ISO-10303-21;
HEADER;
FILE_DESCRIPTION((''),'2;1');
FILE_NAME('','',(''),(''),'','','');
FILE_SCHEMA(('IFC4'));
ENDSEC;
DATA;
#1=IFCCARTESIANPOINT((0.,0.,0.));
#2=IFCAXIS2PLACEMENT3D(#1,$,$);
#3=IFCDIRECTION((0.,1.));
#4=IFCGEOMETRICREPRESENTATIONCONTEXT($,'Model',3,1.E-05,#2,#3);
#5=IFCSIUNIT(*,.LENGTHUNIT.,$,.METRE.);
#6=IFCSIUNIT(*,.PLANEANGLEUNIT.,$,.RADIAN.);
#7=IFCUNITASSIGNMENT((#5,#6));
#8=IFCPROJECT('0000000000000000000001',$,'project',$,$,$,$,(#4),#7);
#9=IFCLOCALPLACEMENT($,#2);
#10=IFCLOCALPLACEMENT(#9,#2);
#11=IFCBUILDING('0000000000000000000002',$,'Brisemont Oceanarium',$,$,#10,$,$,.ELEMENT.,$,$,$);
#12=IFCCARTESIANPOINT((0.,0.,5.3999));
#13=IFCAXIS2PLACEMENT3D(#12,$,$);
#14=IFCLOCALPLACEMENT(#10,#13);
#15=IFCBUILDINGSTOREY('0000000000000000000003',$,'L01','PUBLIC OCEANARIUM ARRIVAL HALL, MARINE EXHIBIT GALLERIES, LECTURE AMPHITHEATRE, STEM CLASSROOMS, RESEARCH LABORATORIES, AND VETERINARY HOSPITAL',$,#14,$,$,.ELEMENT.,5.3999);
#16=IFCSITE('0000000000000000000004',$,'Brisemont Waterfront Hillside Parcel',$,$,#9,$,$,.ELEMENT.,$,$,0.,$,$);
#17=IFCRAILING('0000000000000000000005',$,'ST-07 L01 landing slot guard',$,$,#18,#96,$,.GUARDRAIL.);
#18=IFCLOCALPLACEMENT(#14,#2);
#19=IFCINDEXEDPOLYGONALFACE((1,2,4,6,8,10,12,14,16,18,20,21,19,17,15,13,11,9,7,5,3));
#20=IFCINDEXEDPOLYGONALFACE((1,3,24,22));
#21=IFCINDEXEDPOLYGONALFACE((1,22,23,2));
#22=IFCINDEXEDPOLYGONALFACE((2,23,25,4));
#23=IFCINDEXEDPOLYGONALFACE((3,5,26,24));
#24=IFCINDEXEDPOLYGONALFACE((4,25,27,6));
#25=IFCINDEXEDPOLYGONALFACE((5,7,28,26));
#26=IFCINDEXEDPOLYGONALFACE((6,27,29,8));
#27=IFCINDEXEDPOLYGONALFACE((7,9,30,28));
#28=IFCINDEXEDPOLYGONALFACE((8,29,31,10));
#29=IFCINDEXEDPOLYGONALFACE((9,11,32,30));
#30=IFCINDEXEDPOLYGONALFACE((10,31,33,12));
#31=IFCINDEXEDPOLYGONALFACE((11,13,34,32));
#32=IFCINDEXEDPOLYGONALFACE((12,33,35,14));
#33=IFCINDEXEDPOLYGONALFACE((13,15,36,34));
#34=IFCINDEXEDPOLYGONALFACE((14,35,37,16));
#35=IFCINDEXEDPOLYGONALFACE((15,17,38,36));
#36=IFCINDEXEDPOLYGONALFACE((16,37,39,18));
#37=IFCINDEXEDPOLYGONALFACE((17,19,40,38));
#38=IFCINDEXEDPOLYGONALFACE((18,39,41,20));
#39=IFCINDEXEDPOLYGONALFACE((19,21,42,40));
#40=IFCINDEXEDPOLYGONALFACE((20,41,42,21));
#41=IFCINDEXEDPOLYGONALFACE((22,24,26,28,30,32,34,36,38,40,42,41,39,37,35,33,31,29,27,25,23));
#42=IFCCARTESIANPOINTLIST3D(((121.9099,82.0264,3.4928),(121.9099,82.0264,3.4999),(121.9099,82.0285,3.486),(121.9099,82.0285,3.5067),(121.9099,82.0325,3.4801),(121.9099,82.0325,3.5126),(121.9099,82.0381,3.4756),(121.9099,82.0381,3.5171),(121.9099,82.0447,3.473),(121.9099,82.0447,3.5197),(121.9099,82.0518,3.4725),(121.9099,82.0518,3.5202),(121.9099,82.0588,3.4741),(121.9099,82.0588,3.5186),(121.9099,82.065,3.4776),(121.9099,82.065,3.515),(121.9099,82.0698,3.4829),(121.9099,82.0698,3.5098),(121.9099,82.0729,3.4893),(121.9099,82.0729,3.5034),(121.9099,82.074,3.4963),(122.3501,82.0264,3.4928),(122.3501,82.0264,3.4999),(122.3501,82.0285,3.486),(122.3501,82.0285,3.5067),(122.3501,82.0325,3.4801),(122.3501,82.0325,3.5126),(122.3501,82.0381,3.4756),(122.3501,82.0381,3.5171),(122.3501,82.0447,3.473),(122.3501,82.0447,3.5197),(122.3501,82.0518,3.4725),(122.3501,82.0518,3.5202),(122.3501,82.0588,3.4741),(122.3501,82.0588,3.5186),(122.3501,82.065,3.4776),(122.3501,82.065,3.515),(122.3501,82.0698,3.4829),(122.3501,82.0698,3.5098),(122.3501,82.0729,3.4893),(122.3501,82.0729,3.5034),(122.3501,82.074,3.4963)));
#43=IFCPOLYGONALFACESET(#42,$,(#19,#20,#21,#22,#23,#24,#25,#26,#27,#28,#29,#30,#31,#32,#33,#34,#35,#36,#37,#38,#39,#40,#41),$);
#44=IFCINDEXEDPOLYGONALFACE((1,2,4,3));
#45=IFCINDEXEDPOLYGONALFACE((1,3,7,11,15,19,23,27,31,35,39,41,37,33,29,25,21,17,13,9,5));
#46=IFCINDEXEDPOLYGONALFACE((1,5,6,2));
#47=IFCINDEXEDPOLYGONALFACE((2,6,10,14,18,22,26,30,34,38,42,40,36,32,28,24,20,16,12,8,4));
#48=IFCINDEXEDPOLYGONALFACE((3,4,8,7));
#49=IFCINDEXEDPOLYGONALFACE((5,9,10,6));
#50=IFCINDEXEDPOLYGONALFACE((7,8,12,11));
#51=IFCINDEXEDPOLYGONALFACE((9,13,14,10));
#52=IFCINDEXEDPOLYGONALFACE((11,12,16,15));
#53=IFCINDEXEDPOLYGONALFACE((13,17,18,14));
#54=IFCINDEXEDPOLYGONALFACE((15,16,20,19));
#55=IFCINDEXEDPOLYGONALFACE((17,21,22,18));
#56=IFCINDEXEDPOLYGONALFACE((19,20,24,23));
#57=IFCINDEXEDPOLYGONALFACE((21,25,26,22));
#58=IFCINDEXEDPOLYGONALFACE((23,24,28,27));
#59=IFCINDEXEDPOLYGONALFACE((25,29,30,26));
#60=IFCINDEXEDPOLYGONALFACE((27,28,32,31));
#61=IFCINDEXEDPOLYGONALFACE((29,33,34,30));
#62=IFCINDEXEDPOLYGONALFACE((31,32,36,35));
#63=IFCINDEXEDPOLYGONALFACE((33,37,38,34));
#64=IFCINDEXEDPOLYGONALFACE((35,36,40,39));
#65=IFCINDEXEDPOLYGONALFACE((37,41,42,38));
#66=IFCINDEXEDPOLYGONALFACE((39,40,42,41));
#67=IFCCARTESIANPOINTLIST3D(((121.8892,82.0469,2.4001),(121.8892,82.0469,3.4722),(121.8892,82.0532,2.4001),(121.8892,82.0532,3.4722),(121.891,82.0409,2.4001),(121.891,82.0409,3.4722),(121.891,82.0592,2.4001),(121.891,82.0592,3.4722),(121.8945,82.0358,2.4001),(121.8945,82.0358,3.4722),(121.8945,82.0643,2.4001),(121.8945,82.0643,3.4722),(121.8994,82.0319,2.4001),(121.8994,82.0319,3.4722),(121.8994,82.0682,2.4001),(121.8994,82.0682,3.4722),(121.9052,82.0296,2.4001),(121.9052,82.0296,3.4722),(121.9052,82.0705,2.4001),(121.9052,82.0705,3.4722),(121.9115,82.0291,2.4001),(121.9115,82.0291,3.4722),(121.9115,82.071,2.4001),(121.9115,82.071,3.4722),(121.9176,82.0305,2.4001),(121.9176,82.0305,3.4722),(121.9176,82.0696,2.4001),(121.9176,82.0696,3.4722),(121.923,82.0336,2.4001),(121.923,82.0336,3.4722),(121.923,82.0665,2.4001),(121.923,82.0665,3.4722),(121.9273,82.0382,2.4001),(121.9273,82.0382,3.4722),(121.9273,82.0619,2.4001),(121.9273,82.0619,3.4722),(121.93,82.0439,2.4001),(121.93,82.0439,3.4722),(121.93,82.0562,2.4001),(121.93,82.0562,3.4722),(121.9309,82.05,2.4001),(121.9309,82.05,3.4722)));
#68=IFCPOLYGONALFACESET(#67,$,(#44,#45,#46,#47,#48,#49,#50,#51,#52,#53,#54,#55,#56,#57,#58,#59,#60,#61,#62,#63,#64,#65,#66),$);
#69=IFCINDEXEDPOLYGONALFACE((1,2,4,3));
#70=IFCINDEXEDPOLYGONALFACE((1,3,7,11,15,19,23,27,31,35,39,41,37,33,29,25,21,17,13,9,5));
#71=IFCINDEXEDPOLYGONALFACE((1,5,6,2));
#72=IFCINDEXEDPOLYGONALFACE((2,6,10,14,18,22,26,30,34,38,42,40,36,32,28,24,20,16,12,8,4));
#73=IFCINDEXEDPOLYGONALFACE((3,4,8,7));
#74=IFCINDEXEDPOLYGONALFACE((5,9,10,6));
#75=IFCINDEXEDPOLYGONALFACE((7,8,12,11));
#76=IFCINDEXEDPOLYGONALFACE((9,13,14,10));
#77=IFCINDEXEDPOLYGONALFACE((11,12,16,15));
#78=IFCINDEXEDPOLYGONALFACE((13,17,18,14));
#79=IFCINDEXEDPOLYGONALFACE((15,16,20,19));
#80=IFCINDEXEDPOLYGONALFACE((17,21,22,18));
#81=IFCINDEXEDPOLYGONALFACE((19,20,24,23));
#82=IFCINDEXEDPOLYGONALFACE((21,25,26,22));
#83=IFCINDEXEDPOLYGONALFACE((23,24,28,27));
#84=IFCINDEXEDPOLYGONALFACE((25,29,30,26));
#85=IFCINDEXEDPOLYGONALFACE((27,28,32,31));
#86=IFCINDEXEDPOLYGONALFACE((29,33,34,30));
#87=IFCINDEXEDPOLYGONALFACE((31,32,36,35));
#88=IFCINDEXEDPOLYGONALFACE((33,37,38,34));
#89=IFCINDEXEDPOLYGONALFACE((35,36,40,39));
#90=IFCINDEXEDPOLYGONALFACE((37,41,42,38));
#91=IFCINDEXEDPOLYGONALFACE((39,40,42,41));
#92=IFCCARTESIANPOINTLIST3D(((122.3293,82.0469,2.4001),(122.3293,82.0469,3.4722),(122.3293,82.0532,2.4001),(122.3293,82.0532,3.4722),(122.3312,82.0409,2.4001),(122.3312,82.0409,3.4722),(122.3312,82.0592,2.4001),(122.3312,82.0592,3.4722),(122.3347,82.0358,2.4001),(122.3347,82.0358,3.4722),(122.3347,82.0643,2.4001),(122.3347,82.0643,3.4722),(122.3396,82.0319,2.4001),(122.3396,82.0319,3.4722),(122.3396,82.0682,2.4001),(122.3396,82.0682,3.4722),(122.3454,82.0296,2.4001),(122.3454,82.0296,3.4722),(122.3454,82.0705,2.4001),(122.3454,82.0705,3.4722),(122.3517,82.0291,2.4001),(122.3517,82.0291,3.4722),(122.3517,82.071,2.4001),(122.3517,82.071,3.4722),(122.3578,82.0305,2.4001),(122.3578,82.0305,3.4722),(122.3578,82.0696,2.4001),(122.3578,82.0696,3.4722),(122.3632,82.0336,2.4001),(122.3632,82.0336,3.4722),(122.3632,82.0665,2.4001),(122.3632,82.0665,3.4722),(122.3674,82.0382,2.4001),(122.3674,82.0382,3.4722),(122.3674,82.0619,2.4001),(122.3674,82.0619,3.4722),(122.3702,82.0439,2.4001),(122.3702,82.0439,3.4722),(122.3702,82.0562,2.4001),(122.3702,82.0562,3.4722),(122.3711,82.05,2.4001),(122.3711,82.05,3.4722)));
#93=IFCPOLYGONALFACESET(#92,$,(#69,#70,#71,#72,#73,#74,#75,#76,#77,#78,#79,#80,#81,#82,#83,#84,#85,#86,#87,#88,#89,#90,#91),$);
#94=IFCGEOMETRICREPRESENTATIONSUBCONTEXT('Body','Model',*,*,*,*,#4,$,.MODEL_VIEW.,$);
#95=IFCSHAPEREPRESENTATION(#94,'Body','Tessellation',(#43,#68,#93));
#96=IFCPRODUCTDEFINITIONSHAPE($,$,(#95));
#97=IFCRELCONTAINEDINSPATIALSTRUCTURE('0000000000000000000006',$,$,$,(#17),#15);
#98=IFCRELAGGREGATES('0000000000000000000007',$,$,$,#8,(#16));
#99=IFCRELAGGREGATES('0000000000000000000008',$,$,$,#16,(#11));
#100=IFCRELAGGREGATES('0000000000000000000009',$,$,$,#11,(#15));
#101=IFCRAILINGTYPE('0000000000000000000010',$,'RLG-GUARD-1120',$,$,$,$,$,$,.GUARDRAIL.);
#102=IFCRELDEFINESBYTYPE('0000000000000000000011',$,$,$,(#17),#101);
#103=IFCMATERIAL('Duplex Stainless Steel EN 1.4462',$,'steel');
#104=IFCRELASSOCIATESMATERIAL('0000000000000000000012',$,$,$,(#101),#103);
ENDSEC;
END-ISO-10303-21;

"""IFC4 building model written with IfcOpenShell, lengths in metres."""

from ifc_helpers import new_model, si_unit, direction, frame, origin, origin_2d, place, context, subcontext, project, spatial, circle, extrude, material, type_object, element, save


model = new_model("IFC4")

# Units and contexts
model_context = context("Model", 3, precision=1e-05, world=origin(), true_north=direction((0.0, 1.0)))
body_context = subcontext(model_context, "Body", "Model", "MODEL_VIEW")
ifc_project = project(units=[si_unit("LENGTHUNIT", "METRE"), si_unit("PLANEANGLEUNIT", "RADIAN")], contexts=[model_context])

# Site, building, storey
site_placement = place(None, origin())
site = spatial("IfcSite", under=ifc_project, at=site_placement, Name="Brisemont Waterfront Hillside Parcel", CompositionType="ELEMENT", RefElevation=0.0)
building_placement = place(site_placement, origin())
building = spatial("IfcBuilding", under=site, at=building_placement, Name="Brisemont Oceanarium", CompositionType="ELEMENT")
storey_placement = place(building_placement, frame((0.0, 0.0, 5.3999)))
storey = spatial("IfcBuildingStorey", under=building, at=storey_placement, Name="L01", Description="PUBLIC OCEANARIUM ARRIVAL HALL, MARINE EXHIBIT GALLERIES, LECTURE AMPHITHEATRE, STEM CLASSROOMS, RESEARCH LABORATORIES, AND VETERINARY HOSPITAL", CompositionType="ELEMENT", Elevation=5.3999)

# Railing
ifc_material_1 = material(Name="Duplex Stainless Steel EN 1.4462", Category="steel")
railing_type_1 = type_object("IfcRailingType", Name="RLG-GUARD-1120", PredefinedType="GUARDRAIL", material=ifc_material_1)
railing_1_placement = place(storey_placement, frame((121.9099, 82.05, 2.4001)))
element("IfcRailing", 1, at=railing_1_placement, inside=storey, type_object=railing_type_1, Name="ST-07 L01 landing slot guard", PredefinedType="GUARDRAIL", context=body_context, shape_type="SweptSolid", body=[
    extrude(circle(Radius=0.0239, at=origin_2d()), frame((0.0, 0.0, 1.0962), z_axis=(1.0, 0.0, 0.0), x_axis=(0.0, 1.0, 0.0)), (0.0, 0.0, 1.0), 0.4402),
    extrude(circle(Radius=0.021, at=origin_2d()), origin(), (0.0, 0.0, 1.0), 1.072),
    extrude(circle(Radius=0.021, at=origin_2d()), frame((0.4402, 0.0, 0.0)), (0.0, 0.0, 1.0), 1.072),
])

save(model, "model.ifc")
